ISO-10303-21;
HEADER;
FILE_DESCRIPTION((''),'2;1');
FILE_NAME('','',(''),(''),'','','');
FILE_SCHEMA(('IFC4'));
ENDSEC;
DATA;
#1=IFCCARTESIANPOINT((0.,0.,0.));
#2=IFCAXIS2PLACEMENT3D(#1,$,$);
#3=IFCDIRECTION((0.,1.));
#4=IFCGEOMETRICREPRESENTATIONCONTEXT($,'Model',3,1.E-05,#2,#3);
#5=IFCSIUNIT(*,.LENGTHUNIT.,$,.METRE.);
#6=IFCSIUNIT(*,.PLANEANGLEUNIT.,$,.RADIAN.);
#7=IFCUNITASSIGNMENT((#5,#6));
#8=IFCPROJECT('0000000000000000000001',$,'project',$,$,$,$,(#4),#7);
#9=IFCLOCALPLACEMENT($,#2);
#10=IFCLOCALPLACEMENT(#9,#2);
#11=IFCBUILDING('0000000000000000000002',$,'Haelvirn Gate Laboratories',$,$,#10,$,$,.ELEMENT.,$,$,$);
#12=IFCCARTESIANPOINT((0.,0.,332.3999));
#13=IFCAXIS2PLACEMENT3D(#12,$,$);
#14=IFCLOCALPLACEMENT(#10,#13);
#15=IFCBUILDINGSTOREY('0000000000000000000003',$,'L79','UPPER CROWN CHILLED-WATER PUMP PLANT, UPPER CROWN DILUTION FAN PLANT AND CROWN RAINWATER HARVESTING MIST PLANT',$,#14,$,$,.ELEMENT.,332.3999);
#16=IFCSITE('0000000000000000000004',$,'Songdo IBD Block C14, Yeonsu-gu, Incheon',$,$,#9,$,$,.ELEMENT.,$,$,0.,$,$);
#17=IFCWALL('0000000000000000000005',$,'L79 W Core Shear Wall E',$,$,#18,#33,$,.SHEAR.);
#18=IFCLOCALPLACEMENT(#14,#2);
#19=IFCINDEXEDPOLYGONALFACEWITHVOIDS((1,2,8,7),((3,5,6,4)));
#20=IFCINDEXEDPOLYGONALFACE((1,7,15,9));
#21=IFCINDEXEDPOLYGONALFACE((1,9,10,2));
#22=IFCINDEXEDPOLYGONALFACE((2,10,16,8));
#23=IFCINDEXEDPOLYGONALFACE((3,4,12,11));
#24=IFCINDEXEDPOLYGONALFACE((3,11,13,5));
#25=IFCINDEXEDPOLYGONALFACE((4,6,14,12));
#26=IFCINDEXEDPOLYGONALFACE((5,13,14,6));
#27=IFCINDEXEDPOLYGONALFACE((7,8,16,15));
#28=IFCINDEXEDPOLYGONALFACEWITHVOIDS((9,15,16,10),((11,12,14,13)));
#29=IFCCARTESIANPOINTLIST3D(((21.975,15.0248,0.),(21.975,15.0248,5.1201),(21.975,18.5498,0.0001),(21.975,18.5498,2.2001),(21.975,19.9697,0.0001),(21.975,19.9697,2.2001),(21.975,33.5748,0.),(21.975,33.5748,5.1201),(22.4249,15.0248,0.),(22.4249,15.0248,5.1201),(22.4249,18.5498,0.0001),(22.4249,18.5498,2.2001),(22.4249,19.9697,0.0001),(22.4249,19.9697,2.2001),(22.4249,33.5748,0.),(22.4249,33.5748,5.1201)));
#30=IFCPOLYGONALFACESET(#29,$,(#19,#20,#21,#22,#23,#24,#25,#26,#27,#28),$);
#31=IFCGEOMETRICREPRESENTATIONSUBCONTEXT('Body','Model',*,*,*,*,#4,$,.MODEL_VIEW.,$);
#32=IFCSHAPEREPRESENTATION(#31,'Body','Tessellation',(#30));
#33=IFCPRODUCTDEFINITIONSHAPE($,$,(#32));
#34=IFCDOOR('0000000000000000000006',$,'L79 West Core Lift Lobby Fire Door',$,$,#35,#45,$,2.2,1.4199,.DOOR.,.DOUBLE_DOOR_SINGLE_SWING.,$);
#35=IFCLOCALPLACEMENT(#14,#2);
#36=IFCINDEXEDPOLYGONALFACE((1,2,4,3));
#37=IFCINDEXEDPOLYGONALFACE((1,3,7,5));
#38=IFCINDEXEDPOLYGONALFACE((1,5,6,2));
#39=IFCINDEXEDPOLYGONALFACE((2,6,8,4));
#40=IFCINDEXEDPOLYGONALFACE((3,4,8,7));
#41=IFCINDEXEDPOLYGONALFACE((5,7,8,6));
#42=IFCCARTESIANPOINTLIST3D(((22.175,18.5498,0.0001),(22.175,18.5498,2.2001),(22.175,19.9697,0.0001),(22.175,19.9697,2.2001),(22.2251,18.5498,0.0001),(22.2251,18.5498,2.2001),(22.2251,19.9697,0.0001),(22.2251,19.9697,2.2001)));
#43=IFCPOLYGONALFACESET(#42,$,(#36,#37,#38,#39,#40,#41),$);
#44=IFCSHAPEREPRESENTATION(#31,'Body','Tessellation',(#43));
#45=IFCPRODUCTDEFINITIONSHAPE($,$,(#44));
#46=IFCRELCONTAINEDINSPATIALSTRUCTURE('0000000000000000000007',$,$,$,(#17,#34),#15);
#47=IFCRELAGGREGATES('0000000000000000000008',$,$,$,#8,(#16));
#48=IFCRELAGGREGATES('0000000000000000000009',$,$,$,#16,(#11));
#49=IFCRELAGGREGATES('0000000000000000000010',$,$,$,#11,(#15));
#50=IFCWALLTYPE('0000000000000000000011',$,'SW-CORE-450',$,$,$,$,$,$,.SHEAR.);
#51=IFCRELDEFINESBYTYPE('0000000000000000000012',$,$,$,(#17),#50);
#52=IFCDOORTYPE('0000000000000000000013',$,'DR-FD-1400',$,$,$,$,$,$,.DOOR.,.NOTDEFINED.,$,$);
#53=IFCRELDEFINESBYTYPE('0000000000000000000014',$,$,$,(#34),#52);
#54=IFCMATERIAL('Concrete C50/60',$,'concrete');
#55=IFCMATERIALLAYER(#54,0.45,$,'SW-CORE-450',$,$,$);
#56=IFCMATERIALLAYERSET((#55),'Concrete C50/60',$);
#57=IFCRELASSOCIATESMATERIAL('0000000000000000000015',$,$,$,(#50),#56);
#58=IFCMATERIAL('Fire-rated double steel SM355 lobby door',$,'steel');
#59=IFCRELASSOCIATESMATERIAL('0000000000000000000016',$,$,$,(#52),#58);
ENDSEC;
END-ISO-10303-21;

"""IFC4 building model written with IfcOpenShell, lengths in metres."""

from ifc_helpers import new_model, si_unit, direction, frame, frame_2d, origin, place, context, subcontext, project, spatial, rectangle, extrude, source, transform, mapped, material, layer, layer_set, type_object, type_shapes, element, fill, save


model = new_model("IFC4")

# Units and contexts
model_context = context("Model", 3, precision=1e-05, world=origin(), true_north=direction((0.0, 1.0)))
body_context = subcontext(model_context, "Body", "Model", "MODEL_VIEW")
ifc_project = project(units=[si_unit("LENGTHUNIT", "METRE"), si_unit("PLANEANGLEUNIT", "RADIAN")], contexts=[model_context])

# Site, building, storey
site_placement = place(None, origin())
site = spatial("IfcSite", under=ifc_project, at=site_placement, Name="Songdo IBD Block C14, Yeonsu-gu, Incheon", CompositionType="ELEMENT", RefElevation=0.0)
building_placement = place(site_placement, origin())
building = spatial("IfcBuilding", under=site, at=building_placement, Name="Haelvirn Gate Laboratories", CompositionType="ELEMENT")
storey_placement = place(building_placement, frame((0.0, 0.0, 332.3999)))
storey = spatial("IfcBuildingStorey", under=building, at=storey_placement, Name="L79", Description="UPPER CROWN CHILLED-WATER PUMP PLANT, UPPER CROWN DILUTION FAN PLANT AND CROWN RAINWATER HARVESTING MIST PLANT", CompositionType="ELEMENT", Elevation=332.3999)

# Shared definitions
ifc_material_1 = material(Name="Concrete C50/60", Category="concrete")

# Wall, opening, door
ifc_layer_1 = layer(ifc_material_1, 0.45, Name="SW-CORE-450")
ifc_layer_set_1 = layer_set([ifc_layer_1], Name="Concrete C50/60")
wall_type_1 = type_object("IfcWallType", Name="SW-CORE-450", PredefinedType="SHEAR", material=ifc_layer_set_1)
wall_1_placement = place(storey_placement, frame((22.2, 15.0249, 0.0), z_axis=(0.0, 0.0, 1.0), x_axis=(0.0, 1.0, 0.0)))
wall_1 = element("IfcWall", 1, at=wall_1_placement, inside=storey, type_object=wall_type_1, Name="L79 W Core Shear Wall E", PredefinedType="SHEAR", context=body_context, shape_type="SweptSolid", body=[
    extrude(rectangle(XDim=18.55, YDim=0.45, at=frame_2d((9.2749, 0.0))), origin(), (0.0, 0.0, 1.0), 5.1201),
])
opening_1_placement = place(wall_1_placement, frame((3.5249, 0.0, 0.0)))
opening_1 = element("IfcOpeningElement", 2, at=opening_1_placement, cuts=wall_1, PredefinedType="OPENING", context=body_context, shape_type="SweptSolid", body=[
    extrude(rectangle(XDim=1.4199, YDim=2.2, at=frame_2d((0.71, 1.1001))), frame((0.0, 0.2349, 0.0), z_axis=(0.0, -1.0, 0.0), x_axis=(1.0, 0.0, 0.0)), (0.0, 0.0, 1.0), 0.47),
])
ifc_material_2 = material(Name="Fire-rated double steel SM355 lobby door", Category="steel")
door_type_1 = type_object("IfcDoorType", Name="DR-FD-1400", OperationType="NOTDEFINED", PredefinedType="DOOR", material=ifc_material_2)
shared_shape_1 = source(origin(), body_context, "Body", "SweptSolid", [
    extrude(rectangle(XDim=1.4199, YDim=2.2, at=frame_2d((0.71, 1.1001))), frame((0.0, 0.0249, 0.0), z_axis=(0.0, -1.0, 0.0), x_axis=(1.0, 0.0, 0.0)), (0.0, 0.0, 1.0), 0.05),
])
type_shapes(door_type_1, [shared_shape_1])
door_1_placement = place(opening_1_placement, origin())
door_1 = element("IfcDoor", 3, at=door_1_placement, inside=storey, type_object=door_type_1, Name="L79 West Core Lift Lobby Fire Door", OperationType="DOUBLE_DOOR_SINGLE_SWING", OverallHeight=2.2, OverallWidth=1.4199, PredefinedType="DOOR", context=body_context, shape_type="MappedRepresentation", body=[
    mapped(shared_shape_1, transform((0.0, 0.0, 0.0), scale=1.0)),
])
fill(opening_1, door_1)

save(model, "model.ifc")
